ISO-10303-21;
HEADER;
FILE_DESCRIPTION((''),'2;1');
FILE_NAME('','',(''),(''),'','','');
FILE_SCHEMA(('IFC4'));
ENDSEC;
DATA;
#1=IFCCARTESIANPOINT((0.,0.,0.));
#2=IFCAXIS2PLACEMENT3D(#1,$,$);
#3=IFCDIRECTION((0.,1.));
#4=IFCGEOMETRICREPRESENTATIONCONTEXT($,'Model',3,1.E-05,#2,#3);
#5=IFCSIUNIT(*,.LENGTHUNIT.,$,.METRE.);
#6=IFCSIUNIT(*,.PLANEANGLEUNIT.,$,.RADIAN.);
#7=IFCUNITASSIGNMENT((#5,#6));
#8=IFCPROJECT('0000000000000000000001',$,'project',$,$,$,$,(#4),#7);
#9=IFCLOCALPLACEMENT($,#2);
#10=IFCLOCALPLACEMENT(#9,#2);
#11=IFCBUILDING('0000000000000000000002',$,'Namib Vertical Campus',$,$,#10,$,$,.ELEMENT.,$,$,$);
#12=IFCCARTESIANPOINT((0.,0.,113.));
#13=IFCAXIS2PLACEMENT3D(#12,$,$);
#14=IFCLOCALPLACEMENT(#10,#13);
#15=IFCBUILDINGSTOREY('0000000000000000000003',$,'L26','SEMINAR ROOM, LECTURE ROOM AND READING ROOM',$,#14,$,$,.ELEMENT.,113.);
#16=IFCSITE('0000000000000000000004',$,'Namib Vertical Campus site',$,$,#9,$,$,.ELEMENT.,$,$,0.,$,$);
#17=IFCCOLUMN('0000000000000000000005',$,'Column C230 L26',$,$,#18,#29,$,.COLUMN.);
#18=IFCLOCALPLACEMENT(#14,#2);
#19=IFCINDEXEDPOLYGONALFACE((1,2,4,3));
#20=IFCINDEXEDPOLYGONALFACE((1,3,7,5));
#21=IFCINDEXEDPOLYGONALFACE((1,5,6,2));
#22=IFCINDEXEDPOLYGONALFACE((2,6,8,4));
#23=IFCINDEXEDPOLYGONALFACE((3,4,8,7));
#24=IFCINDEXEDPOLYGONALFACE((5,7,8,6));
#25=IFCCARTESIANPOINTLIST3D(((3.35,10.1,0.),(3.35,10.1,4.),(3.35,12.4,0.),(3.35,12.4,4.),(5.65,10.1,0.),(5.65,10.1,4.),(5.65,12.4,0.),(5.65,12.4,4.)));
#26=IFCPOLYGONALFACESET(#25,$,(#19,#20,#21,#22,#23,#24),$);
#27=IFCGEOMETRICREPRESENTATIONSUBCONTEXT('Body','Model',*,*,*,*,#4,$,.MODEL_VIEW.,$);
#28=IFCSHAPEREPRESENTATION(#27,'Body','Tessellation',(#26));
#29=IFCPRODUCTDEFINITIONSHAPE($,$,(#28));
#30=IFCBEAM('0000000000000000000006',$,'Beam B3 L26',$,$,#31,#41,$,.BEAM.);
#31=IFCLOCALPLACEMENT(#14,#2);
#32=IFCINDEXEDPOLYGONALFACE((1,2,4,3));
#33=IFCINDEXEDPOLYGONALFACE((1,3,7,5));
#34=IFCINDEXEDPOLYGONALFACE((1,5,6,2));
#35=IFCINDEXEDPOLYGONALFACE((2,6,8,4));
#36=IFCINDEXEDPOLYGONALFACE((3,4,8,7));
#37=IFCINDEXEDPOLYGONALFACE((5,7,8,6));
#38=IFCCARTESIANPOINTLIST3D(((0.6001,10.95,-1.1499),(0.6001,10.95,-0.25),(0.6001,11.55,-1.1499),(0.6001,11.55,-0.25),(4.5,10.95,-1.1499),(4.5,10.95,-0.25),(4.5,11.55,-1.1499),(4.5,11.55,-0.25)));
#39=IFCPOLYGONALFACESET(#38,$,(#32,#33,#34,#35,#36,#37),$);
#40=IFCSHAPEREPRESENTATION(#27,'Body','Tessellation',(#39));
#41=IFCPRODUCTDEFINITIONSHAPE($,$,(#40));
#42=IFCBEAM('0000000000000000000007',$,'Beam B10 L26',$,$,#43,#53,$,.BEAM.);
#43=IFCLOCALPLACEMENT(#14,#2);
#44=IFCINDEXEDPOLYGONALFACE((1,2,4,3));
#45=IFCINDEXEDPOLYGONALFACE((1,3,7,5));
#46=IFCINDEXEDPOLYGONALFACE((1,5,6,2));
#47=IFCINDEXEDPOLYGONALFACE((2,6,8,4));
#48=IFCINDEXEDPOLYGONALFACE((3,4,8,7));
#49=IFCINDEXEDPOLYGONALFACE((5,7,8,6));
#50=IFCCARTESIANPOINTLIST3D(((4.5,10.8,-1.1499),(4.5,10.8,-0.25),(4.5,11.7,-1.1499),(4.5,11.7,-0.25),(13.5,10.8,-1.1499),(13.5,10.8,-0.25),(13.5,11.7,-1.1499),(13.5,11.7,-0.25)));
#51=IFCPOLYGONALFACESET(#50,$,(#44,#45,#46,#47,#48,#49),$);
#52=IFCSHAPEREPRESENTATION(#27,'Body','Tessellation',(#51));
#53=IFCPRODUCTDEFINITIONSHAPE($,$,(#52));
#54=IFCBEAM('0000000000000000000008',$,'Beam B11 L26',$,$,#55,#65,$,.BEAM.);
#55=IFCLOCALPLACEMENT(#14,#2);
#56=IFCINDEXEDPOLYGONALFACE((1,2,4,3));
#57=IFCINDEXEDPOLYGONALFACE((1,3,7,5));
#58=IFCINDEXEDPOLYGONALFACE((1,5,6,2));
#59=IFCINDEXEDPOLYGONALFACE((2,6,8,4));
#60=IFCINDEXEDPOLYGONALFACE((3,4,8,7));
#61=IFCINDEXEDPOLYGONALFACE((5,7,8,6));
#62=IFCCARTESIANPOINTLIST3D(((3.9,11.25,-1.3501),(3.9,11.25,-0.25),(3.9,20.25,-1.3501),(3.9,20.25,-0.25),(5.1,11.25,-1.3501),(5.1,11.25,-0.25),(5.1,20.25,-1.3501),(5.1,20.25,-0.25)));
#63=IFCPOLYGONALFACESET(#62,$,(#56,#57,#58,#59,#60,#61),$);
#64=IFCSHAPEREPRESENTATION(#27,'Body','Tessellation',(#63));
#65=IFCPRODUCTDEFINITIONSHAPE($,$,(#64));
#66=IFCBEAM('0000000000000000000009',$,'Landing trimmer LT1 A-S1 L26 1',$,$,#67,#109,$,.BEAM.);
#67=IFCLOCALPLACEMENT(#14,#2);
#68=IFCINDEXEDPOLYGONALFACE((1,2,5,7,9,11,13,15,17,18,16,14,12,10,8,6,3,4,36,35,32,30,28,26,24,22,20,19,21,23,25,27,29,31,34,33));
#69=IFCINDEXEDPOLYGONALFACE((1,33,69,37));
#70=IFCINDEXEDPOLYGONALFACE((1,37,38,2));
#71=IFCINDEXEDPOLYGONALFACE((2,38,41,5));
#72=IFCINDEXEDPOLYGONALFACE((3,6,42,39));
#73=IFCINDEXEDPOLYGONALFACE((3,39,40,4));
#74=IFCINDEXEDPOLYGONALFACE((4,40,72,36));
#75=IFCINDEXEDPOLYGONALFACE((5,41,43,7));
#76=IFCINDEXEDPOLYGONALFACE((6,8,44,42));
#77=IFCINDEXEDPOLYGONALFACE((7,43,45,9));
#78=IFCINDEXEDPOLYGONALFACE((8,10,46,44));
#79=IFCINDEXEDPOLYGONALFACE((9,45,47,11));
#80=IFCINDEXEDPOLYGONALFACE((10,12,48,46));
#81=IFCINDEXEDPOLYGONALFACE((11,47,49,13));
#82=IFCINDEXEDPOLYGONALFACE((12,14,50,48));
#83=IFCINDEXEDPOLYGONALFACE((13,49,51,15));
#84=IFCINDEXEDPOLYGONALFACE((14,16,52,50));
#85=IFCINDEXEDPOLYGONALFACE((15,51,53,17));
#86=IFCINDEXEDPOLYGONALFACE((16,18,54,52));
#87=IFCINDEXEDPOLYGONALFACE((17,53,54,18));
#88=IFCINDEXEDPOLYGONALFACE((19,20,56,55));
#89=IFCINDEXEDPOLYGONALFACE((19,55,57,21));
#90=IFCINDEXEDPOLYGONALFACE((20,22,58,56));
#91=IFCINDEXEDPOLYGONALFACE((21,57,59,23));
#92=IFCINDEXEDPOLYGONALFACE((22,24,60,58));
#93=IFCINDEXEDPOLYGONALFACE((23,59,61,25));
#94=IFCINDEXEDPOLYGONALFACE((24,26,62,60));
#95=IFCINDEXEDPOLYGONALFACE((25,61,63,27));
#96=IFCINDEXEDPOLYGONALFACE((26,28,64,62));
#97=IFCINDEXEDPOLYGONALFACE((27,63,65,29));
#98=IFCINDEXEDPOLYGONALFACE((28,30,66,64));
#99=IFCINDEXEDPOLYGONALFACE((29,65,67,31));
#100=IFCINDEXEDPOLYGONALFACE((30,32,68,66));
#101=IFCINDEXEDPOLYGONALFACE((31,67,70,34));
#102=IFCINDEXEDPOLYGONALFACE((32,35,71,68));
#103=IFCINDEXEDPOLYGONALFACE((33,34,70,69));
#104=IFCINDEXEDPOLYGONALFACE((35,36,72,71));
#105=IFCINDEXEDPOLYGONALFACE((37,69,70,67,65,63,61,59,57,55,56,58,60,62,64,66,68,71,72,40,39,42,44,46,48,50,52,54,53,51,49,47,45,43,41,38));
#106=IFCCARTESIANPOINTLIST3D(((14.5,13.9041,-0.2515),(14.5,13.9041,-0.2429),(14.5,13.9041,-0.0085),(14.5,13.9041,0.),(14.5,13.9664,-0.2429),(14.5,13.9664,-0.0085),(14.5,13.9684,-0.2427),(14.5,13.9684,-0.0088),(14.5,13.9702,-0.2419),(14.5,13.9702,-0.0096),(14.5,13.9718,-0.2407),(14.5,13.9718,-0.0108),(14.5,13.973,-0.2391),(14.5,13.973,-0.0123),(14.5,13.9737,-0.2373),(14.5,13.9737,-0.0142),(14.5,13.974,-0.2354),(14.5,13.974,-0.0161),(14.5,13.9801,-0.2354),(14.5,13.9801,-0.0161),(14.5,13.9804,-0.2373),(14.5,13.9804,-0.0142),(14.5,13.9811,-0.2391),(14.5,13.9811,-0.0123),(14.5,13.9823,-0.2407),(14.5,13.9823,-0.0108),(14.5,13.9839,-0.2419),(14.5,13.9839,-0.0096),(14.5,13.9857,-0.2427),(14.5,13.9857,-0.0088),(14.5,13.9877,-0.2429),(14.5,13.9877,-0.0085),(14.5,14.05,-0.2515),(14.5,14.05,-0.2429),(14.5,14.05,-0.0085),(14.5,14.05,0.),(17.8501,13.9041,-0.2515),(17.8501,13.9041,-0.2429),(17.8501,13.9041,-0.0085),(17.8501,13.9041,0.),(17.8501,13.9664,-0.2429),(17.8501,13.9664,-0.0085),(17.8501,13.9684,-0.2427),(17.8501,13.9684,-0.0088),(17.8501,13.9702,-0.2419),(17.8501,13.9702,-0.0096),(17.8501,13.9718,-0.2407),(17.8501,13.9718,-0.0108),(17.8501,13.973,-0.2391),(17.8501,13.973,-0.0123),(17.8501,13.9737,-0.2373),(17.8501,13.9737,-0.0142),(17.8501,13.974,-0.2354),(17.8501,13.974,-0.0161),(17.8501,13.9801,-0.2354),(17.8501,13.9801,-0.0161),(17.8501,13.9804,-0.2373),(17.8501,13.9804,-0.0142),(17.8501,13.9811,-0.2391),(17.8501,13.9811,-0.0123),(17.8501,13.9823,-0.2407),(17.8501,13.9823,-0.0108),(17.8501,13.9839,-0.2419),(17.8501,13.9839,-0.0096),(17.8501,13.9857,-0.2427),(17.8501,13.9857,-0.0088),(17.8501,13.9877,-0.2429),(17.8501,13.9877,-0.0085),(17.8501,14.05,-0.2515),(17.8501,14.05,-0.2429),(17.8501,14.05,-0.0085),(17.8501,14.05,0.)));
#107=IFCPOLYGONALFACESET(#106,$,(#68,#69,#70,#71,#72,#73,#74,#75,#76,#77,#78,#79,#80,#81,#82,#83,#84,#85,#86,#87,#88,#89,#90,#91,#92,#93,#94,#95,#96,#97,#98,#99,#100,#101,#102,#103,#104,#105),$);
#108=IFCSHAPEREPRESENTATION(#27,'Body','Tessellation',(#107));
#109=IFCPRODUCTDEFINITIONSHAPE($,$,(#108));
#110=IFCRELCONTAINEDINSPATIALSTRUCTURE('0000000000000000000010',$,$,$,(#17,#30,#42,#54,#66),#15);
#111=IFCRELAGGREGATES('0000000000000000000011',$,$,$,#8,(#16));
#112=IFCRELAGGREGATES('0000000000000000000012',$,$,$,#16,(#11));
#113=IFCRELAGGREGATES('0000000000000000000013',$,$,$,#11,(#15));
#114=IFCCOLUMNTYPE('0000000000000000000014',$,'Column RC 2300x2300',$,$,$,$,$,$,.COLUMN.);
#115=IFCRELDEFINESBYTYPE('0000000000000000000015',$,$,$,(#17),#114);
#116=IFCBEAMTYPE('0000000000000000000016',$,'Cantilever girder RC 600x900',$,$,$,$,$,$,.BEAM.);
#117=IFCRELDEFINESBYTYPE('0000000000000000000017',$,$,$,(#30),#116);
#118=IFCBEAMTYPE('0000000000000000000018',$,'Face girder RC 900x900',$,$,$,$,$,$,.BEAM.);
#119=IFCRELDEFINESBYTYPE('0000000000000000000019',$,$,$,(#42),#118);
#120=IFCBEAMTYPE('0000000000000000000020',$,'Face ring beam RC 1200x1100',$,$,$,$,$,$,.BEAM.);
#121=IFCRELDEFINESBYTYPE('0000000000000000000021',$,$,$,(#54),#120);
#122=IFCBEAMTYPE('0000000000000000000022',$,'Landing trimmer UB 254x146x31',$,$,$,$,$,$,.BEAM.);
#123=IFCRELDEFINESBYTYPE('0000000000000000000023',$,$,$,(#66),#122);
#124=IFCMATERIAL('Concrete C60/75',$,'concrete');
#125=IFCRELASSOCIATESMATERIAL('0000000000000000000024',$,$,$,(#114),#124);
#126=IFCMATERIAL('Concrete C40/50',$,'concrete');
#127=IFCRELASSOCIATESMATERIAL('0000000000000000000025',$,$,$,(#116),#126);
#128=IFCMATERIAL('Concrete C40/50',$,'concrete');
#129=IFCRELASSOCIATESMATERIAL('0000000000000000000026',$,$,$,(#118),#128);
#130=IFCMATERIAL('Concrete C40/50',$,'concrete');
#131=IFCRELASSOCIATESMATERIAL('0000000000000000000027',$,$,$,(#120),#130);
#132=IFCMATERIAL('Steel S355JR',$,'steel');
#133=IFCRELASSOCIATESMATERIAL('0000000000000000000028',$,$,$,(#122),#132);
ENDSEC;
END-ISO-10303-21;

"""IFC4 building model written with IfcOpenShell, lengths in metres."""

from ifc_helpers import new_model, si_unit, direction, frame, origin, origin_2d, place, context, subcontext, project, spatial, rectangle, i_section, extrude, material, material_profile, profile_set, type_object, element, save


model = new_model("IFC4")

# Units and contexts
model_context = context("Model", 3, precision=1e-05, world=origin(), true_north=direction((0.0, 1.0)))
body_context = subcontext(model_context, "Body", "Model", "MODEL_VIEW")
ifc_project = project(units=[si_unit("LENGTHUNIT", "METRE"), si_unit("PLANEANGLEUNIT", "RADIAN")], contexts=[model_context])

# Site, building, storey
site_placement = place(None, origin())
site = spatial("IfcSite", under=ifc_project, at=site_placement, Name="Namib Vertical Campus site", CompositionType="ELEMENT", RefElevation=0.0)
building_placement = place(site_placement, origin())
building = spatial("IfcBuilding", under=site, at=building_placement, Name="Namib Vertical Campus", CompositionType="ELEMENT")
storey_placement = place(building_placement, frame((0.0, 0.0, 113.0)))
storey = spatial("IfcBuildingStorey", under=building, at=storey_placement, Name="L26", Description="SEMINAR ROOM, LECTURE ROOM AND READING ROOM", CompositionType="ELEMENT", Elevation=113.0)

# Column
ifc_material_1 = material(Name="Concrete C60/75", Category="concrete")
ifc_material_profile_1 = material_profile(ifc_material_1, rectangle(XDim=2.3, YDim=2.3, at=origin_2d()))
ifc_profile_set_1 = profile_set([ifc_material_profile_1], Name="Concrete C60/75")
column_type = type_object("IfcColumnType", Name="Column RC 2300x2300", PredefinedType="COLUMN", material=ifc_profile_set_1)
column_placement = place(storey_placement, frame((4.5, 11.25, 0.0), z_axis=(0.0, 0.0, 1.0), x_axis=(1.0, 0.0, 0.0)))
element("IfcColumn", 1, at=column_placement, inside=storey, type_object=column_type, Name="Column C230 L26", PredefinedType="COLUMN", context=body_context, shape_type="SweptSolid", body=[
    extrude(rectangle(XDim=2.3, YDim=2.3, at=origin_2d()), origin(), (0.0, 0.0, 1.0), 4.0),
])

# Beams
ifc_material_2 = material(Name="Concrete C40/50", Category="concrete")
ifc_material_profile_2 = material_profile(ifc_material_2, rectangle(XDim=0.6001, YDim=0.8999, at=origin_2d()))
ifc_profile_set_2 = profile_set([ifc_material_profile_2], Name="Concrete C40/50")
beam_type_1 = type_object("IfcBeamType", Name="Cantilever girder RC 600x900", PredefinedType="BEAM", material=ifc_profile_set_2)
beam_1_placement = place(storey_placement, frame((4.5, 11.25, -0.7), z_axis=(-1.0, 0.0, 0.0), x_axis=(0.0, -1.0, 0.0)))
element("IfcBeam", 2, at=beam_1_placement, inside=storey, type_object=beam_type_1, Name="Beam B3 L26", PredefinedType="BEAM", context=body_context, shape_type="SweptSolid", body=[
    extrude(rectangle(XDim=0.6001, YDim=0.8999, at=origin_2d()), origin(), (0.0, 0.0, 1.0), 3.8999),
])
ifc_material_3 = material(Name="Concrete C40/50", Category="concrete")
ifc_material_profile_3 = material_profile(ifc_material_3, rectangle(XDim=0.8999, YDim=0.8999, at=origin_2d()))
ifc_profile_set_3 = profile_set([ifc_material_profile_3], Name="Concrete C40/50")
beam_type_2 = type_object("IfcBeamType", Name="Face girder RC 900x900", PredefinedType="BEAM", material=ifc_profile_set_3)
beam_2_placement = place(storey_placement, frame((4.5, 11.25, -0.7), z_axis=(1.0, 0.0, 0.0), x_axis=(0.0, 1.0, 0.0)))
element("IfcBeam", 3, at=beam_2_placement, inside=storey, type_object=beam_type_2, Name="Beam B10 L26", PredefinedType="BEAM", context=body_context, shape_type="SweptSolid", body=[
    extrude(rectangle(XDim=0.8999, YDim=0.8999, at=origin_2d()), origin(), (0.0, 0.0, 1.0), 9.0),
])
ifc_material_4 = material(Name="Concrete C40/50", Category="concrete")
ifc_material_profile_4 = material_profile(ifc_material_4, rectangle(XDim=1.2, YDim=1.1001, at=origin_2d()))
ifc_profile_set_4 = profile_set([ifc_material_profile_4], Name="Concrete C40/50")
beam_type_3 = type_object("IfcBeamType", Name="Face ring beam RC 1200x1100", PredefinedType="BEAM", material=ifc_profile_set_4)
beam_3_placement = place(storey_placement, frame((4.5, 11.25, -0.8), z_axis=(0.0, 1.0, 0.0), x_axis=(-1.0, 0.0, 0.0)))
element("IfcBeam", 4, at=beam_3_placement, inside=storey, type_object=beam_type_3, Name="Beam B11 L26", PredefinedType="BEAM", context=body_context, shape_type="SweptSolid", body=[
    extrude(rectangle(XDim=1.2, YDim=1.1001, at=origin_2d()), origin(), (0.0, 0.0, 1.0), 9.0),
])
ifc_material_5 = material(Name="Steel S355JR", Category="steel")
ifc_material_profile_5 = material_profile(ifc_material_5, i_section(OverallWidth=0.146, OverallDepth=0.2515, WebThickness=0.0061, FlangeThickness=0.0085, FilletRadius=0.0076, at=origin_2d()))
ifc_profile_set_5 = profile_set([ifc_material_profile_5], Name="Steel S355JR")
beam_type_4 = type_object("IfcBeamType", Name="Landing trimmer UB 254x146x31", PredefinedType="BEAM", material=ifc_profile_set_5)
beam_4_placement = place(storey_placement, frame((14.5, 13.9771, -0.1257), z_axis=(1.0, 0.0, 0.0), x_axis=(0.0, 1.0, 0.0)))
element("IfcBeam", 5, at=beam_4_placement, inside=storey, type_object=beam_type_4, Name="Landing trimmer LT1 A-S1 L26 1", PredefinedType="BEAM", context=body_context, shape_type="SweptSolid", body=[
    extrude(i_section(OverallWidth=0.146, OverallDepth=0.2515, WebThickness=0.0061, FlangeThickness=0.0085, FilletRadius=0.0076, at=origin_2d()), origin(), (0.0, 0.0, 1.0), 3.3501),
])

save(model, "model.ifc")
